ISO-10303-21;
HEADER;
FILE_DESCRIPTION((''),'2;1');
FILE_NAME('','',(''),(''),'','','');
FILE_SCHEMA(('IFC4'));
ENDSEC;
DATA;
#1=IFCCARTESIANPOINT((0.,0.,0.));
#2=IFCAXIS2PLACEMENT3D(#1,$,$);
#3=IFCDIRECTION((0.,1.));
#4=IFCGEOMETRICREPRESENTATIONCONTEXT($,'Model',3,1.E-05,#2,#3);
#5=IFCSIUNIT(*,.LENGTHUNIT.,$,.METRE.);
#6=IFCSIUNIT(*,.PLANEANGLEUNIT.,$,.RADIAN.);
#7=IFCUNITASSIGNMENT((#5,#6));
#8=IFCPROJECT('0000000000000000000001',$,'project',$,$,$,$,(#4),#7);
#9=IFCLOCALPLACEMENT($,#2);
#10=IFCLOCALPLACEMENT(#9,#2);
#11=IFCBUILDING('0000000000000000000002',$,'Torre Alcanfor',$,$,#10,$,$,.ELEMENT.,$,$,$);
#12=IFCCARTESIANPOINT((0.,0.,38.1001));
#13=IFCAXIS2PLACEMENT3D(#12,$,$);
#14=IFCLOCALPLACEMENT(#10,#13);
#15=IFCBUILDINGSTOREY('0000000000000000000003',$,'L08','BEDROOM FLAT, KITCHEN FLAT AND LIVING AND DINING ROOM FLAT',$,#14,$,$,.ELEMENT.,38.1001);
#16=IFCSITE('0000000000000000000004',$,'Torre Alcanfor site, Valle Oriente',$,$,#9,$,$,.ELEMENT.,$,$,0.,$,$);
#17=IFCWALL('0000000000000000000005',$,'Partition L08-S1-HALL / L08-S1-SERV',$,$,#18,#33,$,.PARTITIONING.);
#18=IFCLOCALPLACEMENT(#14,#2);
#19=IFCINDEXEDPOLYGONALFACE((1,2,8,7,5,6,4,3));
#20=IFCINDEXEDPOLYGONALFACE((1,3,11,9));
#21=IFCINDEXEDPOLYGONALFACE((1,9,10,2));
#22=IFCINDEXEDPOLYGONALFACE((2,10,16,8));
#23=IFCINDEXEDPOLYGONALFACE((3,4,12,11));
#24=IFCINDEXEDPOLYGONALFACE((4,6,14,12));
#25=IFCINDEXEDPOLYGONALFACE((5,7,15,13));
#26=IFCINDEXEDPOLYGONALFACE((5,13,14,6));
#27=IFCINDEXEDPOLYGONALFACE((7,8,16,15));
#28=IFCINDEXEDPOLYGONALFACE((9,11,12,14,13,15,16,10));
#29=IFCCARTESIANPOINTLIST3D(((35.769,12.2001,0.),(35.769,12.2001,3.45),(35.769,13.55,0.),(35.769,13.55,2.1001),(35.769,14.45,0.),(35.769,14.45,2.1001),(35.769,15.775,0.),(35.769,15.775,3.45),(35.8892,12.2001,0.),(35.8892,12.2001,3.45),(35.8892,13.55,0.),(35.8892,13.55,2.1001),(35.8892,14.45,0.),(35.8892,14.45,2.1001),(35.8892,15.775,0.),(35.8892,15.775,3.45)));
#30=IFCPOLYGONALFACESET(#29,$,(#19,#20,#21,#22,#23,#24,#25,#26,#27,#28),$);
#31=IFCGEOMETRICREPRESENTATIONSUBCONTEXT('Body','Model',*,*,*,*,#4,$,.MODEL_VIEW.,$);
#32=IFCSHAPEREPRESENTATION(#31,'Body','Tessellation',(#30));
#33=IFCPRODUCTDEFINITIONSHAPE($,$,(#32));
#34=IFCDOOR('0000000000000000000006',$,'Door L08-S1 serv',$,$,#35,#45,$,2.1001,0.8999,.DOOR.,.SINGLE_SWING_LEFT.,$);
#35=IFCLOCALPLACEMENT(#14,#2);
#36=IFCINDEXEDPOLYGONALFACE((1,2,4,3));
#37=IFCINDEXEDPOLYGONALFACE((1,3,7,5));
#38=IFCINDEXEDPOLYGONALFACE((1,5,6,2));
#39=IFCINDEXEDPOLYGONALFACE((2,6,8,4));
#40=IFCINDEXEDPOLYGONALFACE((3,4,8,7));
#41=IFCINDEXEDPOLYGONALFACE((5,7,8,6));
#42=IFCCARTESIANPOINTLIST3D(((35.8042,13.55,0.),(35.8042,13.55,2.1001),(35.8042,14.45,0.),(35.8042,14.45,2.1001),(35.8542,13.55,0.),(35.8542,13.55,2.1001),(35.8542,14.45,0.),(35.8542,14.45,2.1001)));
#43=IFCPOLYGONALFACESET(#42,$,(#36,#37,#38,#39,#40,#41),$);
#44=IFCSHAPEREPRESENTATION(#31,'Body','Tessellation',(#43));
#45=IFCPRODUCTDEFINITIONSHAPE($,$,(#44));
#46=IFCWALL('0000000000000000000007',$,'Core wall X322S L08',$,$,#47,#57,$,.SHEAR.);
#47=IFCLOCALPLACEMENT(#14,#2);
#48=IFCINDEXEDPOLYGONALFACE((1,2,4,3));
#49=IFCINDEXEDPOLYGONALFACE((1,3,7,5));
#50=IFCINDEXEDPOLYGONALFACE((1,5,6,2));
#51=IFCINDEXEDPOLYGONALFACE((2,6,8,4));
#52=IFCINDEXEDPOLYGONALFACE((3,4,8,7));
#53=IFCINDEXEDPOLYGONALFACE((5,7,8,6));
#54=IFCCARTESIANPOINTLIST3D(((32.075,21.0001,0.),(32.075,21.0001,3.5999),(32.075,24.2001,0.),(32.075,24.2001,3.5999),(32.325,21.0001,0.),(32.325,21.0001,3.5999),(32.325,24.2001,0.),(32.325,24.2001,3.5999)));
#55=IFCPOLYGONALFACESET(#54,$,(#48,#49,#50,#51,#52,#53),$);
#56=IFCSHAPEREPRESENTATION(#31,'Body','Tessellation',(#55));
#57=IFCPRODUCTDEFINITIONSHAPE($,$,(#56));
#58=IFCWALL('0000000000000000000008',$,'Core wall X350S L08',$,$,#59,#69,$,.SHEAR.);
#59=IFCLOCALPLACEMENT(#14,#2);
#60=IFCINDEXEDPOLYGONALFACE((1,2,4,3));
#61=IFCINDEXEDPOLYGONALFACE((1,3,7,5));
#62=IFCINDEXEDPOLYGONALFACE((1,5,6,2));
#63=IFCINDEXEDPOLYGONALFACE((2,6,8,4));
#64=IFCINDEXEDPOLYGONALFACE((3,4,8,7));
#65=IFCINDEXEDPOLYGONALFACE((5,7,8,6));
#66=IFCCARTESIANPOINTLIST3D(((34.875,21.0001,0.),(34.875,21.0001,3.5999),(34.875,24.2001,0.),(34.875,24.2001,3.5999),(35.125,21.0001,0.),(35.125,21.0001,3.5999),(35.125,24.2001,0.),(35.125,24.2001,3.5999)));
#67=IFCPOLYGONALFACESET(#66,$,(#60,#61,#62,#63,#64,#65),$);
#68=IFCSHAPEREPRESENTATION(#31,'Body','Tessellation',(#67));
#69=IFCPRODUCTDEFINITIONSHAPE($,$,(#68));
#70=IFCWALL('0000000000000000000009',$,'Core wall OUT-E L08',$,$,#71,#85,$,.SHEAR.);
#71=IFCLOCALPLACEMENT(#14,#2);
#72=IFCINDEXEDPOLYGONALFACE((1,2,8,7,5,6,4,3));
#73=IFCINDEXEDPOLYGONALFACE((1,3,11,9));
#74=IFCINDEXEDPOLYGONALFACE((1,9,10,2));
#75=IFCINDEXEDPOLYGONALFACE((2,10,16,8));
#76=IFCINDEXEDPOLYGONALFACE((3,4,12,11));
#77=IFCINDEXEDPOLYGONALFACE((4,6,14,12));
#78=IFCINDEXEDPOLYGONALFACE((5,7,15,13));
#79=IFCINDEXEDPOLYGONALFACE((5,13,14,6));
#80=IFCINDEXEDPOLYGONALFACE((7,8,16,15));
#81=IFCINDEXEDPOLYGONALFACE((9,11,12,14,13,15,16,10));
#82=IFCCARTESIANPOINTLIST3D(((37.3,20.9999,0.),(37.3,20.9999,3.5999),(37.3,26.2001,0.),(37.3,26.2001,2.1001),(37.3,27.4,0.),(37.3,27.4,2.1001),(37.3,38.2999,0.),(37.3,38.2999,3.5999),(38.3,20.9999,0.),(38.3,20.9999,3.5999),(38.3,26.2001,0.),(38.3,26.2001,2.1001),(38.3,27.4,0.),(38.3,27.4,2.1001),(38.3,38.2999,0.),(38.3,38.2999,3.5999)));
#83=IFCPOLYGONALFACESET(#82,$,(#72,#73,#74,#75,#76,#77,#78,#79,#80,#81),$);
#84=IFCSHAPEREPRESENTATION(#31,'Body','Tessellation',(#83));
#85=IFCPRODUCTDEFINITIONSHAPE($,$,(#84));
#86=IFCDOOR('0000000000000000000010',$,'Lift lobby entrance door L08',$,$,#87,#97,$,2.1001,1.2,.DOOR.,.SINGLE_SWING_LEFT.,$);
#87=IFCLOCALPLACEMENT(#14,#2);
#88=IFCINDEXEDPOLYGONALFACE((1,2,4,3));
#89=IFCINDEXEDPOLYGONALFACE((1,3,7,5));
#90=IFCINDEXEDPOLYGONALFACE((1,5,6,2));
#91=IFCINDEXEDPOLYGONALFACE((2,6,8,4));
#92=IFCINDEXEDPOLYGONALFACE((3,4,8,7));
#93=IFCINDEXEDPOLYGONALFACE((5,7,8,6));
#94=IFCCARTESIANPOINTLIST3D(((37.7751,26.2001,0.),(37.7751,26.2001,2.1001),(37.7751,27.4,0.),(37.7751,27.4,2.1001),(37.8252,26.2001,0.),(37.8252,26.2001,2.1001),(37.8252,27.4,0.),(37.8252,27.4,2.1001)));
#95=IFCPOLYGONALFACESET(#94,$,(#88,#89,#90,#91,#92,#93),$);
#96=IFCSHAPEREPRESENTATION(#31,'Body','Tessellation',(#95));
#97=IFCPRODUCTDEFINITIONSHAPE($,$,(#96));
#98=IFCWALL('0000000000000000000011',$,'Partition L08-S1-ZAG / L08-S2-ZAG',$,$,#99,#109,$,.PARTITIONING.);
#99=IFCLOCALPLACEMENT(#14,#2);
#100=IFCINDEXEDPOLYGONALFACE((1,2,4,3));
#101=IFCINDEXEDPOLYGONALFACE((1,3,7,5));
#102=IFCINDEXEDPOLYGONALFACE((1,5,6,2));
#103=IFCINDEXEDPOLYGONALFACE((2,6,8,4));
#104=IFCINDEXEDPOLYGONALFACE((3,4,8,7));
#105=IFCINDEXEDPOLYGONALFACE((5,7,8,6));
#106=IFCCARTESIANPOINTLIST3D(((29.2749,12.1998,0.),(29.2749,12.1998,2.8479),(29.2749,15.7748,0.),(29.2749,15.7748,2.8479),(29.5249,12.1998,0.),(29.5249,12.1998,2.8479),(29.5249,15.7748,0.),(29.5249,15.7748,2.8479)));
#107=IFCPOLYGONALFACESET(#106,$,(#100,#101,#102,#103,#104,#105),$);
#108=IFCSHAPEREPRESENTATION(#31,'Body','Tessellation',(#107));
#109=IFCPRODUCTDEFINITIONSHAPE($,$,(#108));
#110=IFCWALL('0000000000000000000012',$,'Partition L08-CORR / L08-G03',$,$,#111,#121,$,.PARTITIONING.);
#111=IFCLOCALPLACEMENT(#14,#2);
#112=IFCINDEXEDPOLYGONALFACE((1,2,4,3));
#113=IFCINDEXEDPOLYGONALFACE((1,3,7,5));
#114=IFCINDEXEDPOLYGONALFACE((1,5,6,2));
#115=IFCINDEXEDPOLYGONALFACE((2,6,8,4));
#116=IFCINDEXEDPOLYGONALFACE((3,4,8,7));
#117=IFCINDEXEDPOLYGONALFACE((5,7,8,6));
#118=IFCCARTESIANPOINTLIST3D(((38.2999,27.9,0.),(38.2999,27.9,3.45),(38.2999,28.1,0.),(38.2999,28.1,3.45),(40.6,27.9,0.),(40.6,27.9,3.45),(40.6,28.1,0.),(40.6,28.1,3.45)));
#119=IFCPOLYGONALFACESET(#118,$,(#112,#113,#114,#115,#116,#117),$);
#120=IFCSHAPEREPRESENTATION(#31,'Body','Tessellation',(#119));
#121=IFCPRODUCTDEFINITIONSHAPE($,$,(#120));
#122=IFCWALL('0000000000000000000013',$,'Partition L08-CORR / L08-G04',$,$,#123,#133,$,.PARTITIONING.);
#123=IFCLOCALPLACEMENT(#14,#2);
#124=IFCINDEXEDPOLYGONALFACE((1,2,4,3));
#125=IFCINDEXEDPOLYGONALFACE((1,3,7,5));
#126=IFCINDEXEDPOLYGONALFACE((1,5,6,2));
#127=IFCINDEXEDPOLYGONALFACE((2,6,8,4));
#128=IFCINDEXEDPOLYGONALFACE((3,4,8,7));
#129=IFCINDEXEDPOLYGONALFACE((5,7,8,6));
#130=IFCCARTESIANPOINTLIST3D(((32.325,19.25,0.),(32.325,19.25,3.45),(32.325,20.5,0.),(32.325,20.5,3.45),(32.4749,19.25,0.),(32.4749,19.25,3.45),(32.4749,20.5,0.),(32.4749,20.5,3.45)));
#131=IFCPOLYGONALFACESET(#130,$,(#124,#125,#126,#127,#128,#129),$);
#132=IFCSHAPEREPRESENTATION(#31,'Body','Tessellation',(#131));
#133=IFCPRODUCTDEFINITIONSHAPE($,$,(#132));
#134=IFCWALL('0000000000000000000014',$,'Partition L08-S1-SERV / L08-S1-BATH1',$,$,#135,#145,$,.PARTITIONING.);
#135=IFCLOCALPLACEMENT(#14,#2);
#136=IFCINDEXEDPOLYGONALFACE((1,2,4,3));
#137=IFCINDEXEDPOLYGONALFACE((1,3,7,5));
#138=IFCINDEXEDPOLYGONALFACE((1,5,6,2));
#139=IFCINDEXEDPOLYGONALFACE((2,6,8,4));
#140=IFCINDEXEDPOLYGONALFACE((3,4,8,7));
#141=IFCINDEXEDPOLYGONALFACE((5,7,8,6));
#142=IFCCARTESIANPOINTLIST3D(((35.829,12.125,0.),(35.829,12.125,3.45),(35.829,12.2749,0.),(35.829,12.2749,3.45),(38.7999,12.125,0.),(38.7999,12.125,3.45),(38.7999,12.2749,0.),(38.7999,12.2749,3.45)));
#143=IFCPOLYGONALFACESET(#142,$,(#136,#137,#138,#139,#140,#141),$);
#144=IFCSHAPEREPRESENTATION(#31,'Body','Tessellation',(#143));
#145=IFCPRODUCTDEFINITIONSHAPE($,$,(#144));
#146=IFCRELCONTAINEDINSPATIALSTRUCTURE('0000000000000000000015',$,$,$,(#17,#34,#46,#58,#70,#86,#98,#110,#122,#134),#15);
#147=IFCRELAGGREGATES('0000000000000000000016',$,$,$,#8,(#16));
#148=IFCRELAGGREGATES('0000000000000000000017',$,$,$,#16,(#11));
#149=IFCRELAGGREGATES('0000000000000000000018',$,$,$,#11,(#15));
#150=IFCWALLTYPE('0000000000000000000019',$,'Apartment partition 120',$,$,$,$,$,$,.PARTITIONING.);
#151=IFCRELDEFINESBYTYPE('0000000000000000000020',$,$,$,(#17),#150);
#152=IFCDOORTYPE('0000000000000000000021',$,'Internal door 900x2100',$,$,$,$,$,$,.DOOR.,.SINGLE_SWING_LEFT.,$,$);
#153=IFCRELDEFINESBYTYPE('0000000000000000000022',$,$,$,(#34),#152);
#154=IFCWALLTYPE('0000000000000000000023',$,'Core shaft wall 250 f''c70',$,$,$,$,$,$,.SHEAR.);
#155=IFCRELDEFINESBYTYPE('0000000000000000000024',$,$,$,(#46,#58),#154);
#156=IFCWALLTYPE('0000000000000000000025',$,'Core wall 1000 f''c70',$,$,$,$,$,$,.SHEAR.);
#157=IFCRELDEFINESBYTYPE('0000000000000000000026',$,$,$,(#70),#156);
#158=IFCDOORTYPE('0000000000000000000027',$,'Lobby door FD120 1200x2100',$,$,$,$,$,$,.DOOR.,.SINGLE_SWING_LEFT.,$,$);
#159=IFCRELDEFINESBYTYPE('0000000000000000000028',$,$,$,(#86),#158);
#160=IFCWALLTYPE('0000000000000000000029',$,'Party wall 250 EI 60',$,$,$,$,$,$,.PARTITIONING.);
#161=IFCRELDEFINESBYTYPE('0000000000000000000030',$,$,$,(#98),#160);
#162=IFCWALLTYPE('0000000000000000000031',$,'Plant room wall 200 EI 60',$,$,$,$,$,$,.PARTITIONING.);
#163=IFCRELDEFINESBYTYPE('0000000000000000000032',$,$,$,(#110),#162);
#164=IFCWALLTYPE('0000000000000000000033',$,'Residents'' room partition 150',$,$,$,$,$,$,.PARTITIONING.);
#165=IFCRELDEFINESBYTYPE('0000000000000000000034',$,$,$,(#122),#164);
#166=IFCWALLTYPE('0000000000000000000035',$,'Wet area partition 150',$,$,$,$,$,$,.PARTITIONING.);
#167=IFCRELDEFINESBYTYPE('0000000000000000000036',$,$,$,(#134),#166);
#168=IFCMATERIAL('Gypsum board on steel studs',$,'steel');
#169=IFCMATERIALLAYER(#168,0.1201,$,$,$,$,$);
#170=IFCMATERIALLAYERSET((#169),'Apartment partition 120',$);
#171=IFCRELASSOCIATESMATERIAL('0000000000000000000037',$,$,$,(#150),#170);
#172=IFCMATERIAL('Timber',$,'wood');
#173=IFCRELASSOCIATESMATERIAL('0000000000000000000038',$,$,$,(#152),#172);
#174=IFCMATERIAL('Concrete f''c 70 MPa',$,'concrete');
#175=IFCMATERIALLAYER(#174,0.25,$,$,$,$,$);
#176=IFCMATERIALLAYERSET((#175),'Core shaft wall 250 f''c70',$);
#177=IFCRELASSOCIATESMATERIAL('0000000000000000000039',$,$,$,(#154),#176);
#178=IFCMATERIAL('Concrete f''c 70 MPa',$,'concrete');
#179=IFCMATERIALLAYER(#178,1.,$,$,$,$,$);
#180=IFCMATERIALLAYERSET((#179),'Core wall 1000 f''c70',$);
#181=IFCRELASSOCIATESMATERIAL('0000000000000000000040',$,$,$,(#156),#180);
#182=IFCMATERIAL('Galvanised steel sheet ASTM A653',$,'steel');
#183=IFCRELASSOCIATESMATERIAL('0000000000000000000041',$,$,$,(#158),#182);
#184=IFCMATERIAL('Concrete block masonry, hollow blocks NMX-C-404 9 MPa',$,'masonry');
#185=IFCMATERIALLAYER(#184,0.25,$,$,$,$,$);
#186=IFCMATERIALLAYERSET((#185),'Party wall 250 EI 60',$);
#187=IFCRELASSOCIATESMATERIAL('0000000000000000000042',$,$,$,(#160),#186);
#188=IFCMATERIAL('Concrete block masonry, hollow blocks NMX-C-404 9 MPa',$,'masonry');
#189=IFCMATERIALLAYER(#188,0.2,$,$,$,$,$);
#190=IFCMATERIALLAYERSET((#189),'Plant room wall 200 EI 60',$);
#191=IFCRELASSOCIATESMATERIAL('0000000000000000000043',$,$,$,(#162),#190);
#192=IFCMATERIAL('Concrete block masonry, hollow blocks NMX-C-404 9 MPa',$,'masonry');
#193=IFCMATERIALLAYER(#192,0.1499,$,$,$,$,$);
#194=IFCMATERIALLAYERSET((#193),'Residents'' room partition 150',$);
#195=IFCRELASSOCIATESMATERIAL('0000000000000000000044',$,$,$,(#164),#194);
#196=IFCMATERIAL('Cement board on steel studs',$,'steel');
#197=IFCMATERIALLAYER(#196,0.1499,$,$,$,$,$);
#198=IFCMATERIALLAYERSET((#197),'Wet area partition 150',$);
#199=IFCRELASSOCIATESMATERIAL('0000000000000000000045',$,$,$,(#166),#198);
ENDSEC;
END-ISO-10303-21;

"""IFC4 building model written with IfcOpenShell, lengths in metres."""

from ifc_helpers import new_model, si_unit, direction, frame, frame_2d, origin, place, context, subcontext, project, spatial, rectangle, extrude, material, layer, layer_set, type_object, element, fill, save


model = new_model("IFC4")

# Units and contexts
model_context = context("Model", 3, precision=1e-05, world=origin(), true_north=direction((0.0, 1.0)))
body_context = subcontext(model_context, "Body", "Model", "MODEL_VIEW")
ifc_project = project(units=[si_unit("LENGTHUNIT", "METRE"), si_unit("PLANEANGLEUNIT", "RADIAN")], contexts=[model_context])

# Site, building, storey
site_placement = place(None, origin())
site = spatial("IfcSite", under=ifc_project, at=site_placement, Name="Torre Alcanfor site, Valle Oriente", CompositionType="ELEMENT", RefElevation=0.0)
building_placement = place(site_placement, origin())
building = spatial("IfcBuilding", under=site, at=building_placement, Name="Torre Alcanfor", CompositionType="ELEMENT")
storey_placement = place(building_placement, frame((0.0, 0.0, 38.1001)))
storey = spatial("IfcBuildingStorey", under=building, at=storey_placement, Name="L08", Description="BEDROOM FLAT, KITCHEN FLAT AND LIVING AND DINING ROOM FLAT", CompositionType="ELEMENT", Elevation=38.1001)

# Wall, opening, door
ifc_material_1 = material(Name="Gypsum board on steel studs", Category="steel")
ifc_layer_1 = layer(ifc_material_1, 0.1201)
ifc_layer_set_1 = layer_set([ifc_layer_1], Name="Apartment partition 120")
wall_type_1 = type_object("IfcWallType", Name="Apartment partition 120", PredefinedType="PARTITIONING", material=ifc_layer_set_1)
wall_1_placement = place(storey_placement, frame((35.8291, 12.2, 0.0), z_axis=(0.0, 0.0, 1.0), x_axis=(0.0, 1.0, 0.0)))
wall_1 = element("IfcWall", 1, at=wall_1_placement, inside=storey, type_object=wall_type_1, Name="Partition L08-S1-HALL / L08-S1-SERV", PredefinedType="PARTITIONING", context=body_context, shape_type="SweptSolid", body=[
    extrude(rectangle(XDim=3.575, YDim=0.1201, at=frame_2d((1.7876, 0.0))), origin(), (0.0, 0.0, 1.0), 3.45),
])
opening_1_placement = place(wall_1_placement, frame((1.3501, 0.0, 0.0)))
opening_1 = element("IfcOpeningElement", 2, at=opening_1_placement, cuts=wall_1, PredefinedType="OPENING", context=body_context, shape_type="SweptSolid", body=[
    extrude(rectangle(XDim=0.8999, YDim=2.1001, at=frame_2d((0.45, 1.05))), frame((0.0, 0.0701, 0.0), z_axis=(0.0, -1.0, 0.0), x_axis=(1.0, 0.0, 0.0)), (0.0, 0.0, 1.0), 0.1401),
])
ifc_material_2 = material(Name="Timber", Category="wood")
door_type_1 = type_object("IfcDoorType", Name="Internal door 900x2100", OperationType="SINGLE_SWING_LEFT", PredefinedType="DOOR", material=ifc_material_2)
door_1_placement = place(opening_1_placement, frame((0.8999, 0.0, 0.0), z_axis=(0.0, 0.0, 1.0), x_axis=(-1.0, 0.0, 0.0)))
door_1 = element("IfcDoor", 3, at=door_1_placement, inside=storey, type_object=door_type_1, Name="Door L08-S1 serv", OperationType="SINGLE_SWING_LEFT", OverallHeight=2.1001, OverallWidth=0.8999, PredefinedType="DOOR", context=body_context, shape_type="SweptSolid", body=[
    extrude(rectangle(XDim=0.8999, YDim=2.1001, at=frame_2d((0.45, 1.05))), frame((0.0, 0.0251, 0.0), z_axis=(0.0, -1.0, 0.0), x_axis=(1.0, 0.0, 0.0)), (0.0, 0.0, 1.0), 0.05),
])
fill(opening_1, door_1)

# Walls
ifc_material_3 = material(Name="Concrete f'c 70 MPa", Category="concrete")
ifc_layer_2 = layer(ifc_material_3, 0.25)
ifc_layer_set_2 = layer_set([ifc_layer_2], Name="Core shaft wall 250 f'c70")
wall_type_2 = type_object("IfcWallType", Name="Core shaft wall 250 f'c70", PredefinedType="SHEAR", material=ifc_layer_set_2)
for number, where, z_axis, x_axis, name in (
    (4, (32.2, 21.0, 0.0), (0.0, 0.0, 1.0), (0.0, 1.0, 0.0), "Core wall X322S L08"),
    (5, (35.0, 21.0, 0.0), (0.0, 0.0, 1.0), (0.0, 1.0, 0.0), "Core wall X350S L08"),
):
    element("IfcWall", number, at=place(storey_placement, frame(where, z_axis=z_axis, x_axis=x_axis)), inside=storey, type_object=wall_type_2, Name=name, PredefinedType="SHEAR", context=body_context, shape_type="SweptSolid", body=[
        extrude(rectangle(XDim=3.2, YDim=0.25, at=frame_2d((1.6001, 0.0))), origin(), (0.0, 0.0, 1.0), 3.5999),
    ])

# Wall, opening, door
ifc_material_4 = material(Name="Concrete f'c 70 MPa", Category="concrete")
ifc_layer_3 = layer(ifc_material_4, 1.0)
ifc_layer_set_3 = layer_set([ifc_layer_3], Name="Core wall 1000 f'c70")
wall_type_3 = type_object("IfcWallType", Name="Core wall 1000 f'c70", PredefinedType="SHEAR", material=ifc_layer_set_3)
wall_2_placement = place(storey_placement, frame((37.8, 21.0, 0.0), z_axis=(0.0, 0.0, 1.0), x_axis=(0.0, 1.0, 0.0)))
wall_2 = element("IfcWall", 6, at=wall_2_placement, inside=storey, type_object=wall_type_3, Name="Core wall OUT-E L08", PredefinedType="SHEAR", context=body_context, shape_type="SweptSolid", body=[
    extrude(rectangle(XDim=17.3, YDim=1.0, at=frame_2d((8.6499, 0.0))), origin(), (0.0, 0.0, 1.0), 3.5999),
])
opening_2_placement = place(wall_2_placement, frame((5.2, 0.0, 0.0)))
opening_2 = element("IfcOpeningElement", 7, at=opening_2_placement, cuts=wall_2, PredefinedType="OPENING", context=body_context, shape_type="SweptSolid", body=[
    extrude(rectangle(XDim=1.2, YDim=2.1001, at=frame_2d((0.6001, 1.05))), frame((0.0, 0.51, 0.0), z_axis=(0.0, -1.0, 0.0), x_axis=(1.0, 0.0, 0.0)), (0.0, 0.0, 1.0), 1.02),
])
ifc_material_5 = material(Name="Galvanised steel sheet ASTM A653", Category="steel")
door_type_2 = type_object("IfcDoorType", Name="Lobby door FD120 1200x2100", OperationType="SINGLE_SWING_LEFT", PredefinedType="DOOR", material=ifc_material_5)
door_2_placement = place(opening_2_placement, origin())
door_2 = element("IfcDoor", 8, at=door_2_placement, inside=storey, type_object=door_type_2, Name="Lift lobby entrance door L08", OperationType="SINGLE_SWING_LEFT", OverallHeight=2.1001, OverallWidth=1.2, PredefinedType="DOOR", context=body_context, shape_type="SweptSolid", body=[
    extrude(rectangle(XDim=1.2, YDim=2.1001, at=frame_2d((0.6001, 1.05))), frame((0.0, 0.0249, 0.0), z_axis=(0.0, -1.0, 0.0), x_axis=(1.0, 0.0, 0.0)), (0.0, 0.0, 1.0), 0.05),
])
fill(opening_2, door_2)

# Walls
ifc_material_6 = material(Name="Concrete block masonry, hollow blocks NMX-C-404 9 MPa", Category="masonry")
ifc_layer_4 = layer(ifc_material_6, 0.25)
ifc_layer_set_4 = layer_set([ifc_layer_4], Name="Party wall 250 EI 60")
wall_type_4 = type_object("IfcWallType", Name="Party wall 250 EI 60", PredefinedType="PARTITIONING", material=ifc_layer_set_4)
wall_3_placement = place(storey_placement, frame((29.3999, 15.7749, 0.0), z_axis=(0.0, 0.0, 1.0), x_axis=(0.0, -1.0, 0.0)))
element("IfcWall", 9, at=wall_3_placement, inside=storey, type_object=wall_type_4, Name="Partition L08-S1-ZAG / L08-S2-ZAG", PredefinedType="PARTITIONING", context=body_context, shape_type="SweptSolid", body=[
    extrude(rectangle(XDim=3.575, YDim=0.25, at=frame_2d((1.7876, 0.0))), origin(), (0.0, 0.0, 1.0), 2.8479),
])
ifc_material_7 = material(Name="Concrete block masonry, hollow blocks NMX-C-404 9 MPa", Category="masonry")
ifc_layer_5 = layer(ifc_material_7, 0.2)
ifc_layer_set_5 = layer_set([ifc_layer_5], Name="Plant room wall 200 EI 60")
wall_type_5 = type_object("IfcWallType", Name="Plant room wall 200 EI 60", PredefinedType="PARTITIONING", material=ifc_layer_set_5)
wall_4_placement = place(storey_placement, frame((38.3, 28.0, 0.0), z_axis=(0.0, 0.0, 1.0), x_axis=(1.0, 0.0, 0.0)))
element("IfcWall", 10, at=wall_4_placement, inside=storey, type_object=wall_type_5, Name="Partition L08-CORR / L08-G03", PredefinedType="PARTITIONING", context=body_context, shape_type="SweptSolid", body=[
    extrude(rectangle(XDim=2.3, YDim=0.2, at=frame_2d((1.1499, 0.0))), origin(), (0.0, 0.0, 1.0), 3.45),
])
ifc_material_8 = material(Name="Concrete block masonry, hollow blocks NMX-C-404 9 MPa", Category="masonry")
ifc_layer_6 = layer(ifc_material_8, 0.1499)
ifc_layer_set_6 = layer_set([ifc_layer_6], Name="Residents' room partition 150")
wall_type_6 = type_object("IfcWallType", Name="Residents' room partition 150", PredefinedType="PARTITIONING", material=ifc_layer_set_6)
wall_5_placement = place(storey_placement, frame((32.3999, 19.25, 0.0), z_axis=(0.0, 0.0, 1.0), x_axis=(0.0, 1.0, 0.0)))
element("IfcWall", 11, at=wall_5_placement, inside=storey, type_object=wall_type_6, Name="Partition L08-CORR / L08-G04", PredefinedType="PARTITIONING", context=body_context, shape_type="SweptSolid", body=[
    extrude(rectangle(XDim=1.25, YDim=0.1499, at=frame_2d((0.625, 0.0))), origin(), (0.0, 0.0, 1.0), 3.45),
])
ifc_material_9 = material(Name="Cement board on steel studs", Category="steel")
ifc_layer_7 = layer(ifc_material_9, 0.1499)
ifc_layer_set_7 = layer_set([ifc_layer_7], Name="Wet area partition 150")
wall_type_7 = type_object("IfcWallType", Name="Wet area partition 150", PredefinedType="PARTITIONING", material=ifc_layer_set_7)
wall_6_placement = place(storey_placement, frame((35.8291, 12.2, 0.0), z_axis=(0.0, 0.0, 1.0), x_axis=(1.0, 0.0, 0.0)))
element("IfcWall", 12, at=wall_6_placement, inside=storey, type_object=wall_type_7, Name="Partition L08-S1-SERV / L08-S1-BATH1", PredefinedType="PARTITIONING", context=body_context, shape_type="SweptSolid", body=[
    extrude(rectangle(XDim=2.9709, YDim=0.1499, at=frame_2d((1.4854, 0.0))), origin(), (0.0, 0.0, 1.0), 3.45),
])

save(model, "model.ifc")
